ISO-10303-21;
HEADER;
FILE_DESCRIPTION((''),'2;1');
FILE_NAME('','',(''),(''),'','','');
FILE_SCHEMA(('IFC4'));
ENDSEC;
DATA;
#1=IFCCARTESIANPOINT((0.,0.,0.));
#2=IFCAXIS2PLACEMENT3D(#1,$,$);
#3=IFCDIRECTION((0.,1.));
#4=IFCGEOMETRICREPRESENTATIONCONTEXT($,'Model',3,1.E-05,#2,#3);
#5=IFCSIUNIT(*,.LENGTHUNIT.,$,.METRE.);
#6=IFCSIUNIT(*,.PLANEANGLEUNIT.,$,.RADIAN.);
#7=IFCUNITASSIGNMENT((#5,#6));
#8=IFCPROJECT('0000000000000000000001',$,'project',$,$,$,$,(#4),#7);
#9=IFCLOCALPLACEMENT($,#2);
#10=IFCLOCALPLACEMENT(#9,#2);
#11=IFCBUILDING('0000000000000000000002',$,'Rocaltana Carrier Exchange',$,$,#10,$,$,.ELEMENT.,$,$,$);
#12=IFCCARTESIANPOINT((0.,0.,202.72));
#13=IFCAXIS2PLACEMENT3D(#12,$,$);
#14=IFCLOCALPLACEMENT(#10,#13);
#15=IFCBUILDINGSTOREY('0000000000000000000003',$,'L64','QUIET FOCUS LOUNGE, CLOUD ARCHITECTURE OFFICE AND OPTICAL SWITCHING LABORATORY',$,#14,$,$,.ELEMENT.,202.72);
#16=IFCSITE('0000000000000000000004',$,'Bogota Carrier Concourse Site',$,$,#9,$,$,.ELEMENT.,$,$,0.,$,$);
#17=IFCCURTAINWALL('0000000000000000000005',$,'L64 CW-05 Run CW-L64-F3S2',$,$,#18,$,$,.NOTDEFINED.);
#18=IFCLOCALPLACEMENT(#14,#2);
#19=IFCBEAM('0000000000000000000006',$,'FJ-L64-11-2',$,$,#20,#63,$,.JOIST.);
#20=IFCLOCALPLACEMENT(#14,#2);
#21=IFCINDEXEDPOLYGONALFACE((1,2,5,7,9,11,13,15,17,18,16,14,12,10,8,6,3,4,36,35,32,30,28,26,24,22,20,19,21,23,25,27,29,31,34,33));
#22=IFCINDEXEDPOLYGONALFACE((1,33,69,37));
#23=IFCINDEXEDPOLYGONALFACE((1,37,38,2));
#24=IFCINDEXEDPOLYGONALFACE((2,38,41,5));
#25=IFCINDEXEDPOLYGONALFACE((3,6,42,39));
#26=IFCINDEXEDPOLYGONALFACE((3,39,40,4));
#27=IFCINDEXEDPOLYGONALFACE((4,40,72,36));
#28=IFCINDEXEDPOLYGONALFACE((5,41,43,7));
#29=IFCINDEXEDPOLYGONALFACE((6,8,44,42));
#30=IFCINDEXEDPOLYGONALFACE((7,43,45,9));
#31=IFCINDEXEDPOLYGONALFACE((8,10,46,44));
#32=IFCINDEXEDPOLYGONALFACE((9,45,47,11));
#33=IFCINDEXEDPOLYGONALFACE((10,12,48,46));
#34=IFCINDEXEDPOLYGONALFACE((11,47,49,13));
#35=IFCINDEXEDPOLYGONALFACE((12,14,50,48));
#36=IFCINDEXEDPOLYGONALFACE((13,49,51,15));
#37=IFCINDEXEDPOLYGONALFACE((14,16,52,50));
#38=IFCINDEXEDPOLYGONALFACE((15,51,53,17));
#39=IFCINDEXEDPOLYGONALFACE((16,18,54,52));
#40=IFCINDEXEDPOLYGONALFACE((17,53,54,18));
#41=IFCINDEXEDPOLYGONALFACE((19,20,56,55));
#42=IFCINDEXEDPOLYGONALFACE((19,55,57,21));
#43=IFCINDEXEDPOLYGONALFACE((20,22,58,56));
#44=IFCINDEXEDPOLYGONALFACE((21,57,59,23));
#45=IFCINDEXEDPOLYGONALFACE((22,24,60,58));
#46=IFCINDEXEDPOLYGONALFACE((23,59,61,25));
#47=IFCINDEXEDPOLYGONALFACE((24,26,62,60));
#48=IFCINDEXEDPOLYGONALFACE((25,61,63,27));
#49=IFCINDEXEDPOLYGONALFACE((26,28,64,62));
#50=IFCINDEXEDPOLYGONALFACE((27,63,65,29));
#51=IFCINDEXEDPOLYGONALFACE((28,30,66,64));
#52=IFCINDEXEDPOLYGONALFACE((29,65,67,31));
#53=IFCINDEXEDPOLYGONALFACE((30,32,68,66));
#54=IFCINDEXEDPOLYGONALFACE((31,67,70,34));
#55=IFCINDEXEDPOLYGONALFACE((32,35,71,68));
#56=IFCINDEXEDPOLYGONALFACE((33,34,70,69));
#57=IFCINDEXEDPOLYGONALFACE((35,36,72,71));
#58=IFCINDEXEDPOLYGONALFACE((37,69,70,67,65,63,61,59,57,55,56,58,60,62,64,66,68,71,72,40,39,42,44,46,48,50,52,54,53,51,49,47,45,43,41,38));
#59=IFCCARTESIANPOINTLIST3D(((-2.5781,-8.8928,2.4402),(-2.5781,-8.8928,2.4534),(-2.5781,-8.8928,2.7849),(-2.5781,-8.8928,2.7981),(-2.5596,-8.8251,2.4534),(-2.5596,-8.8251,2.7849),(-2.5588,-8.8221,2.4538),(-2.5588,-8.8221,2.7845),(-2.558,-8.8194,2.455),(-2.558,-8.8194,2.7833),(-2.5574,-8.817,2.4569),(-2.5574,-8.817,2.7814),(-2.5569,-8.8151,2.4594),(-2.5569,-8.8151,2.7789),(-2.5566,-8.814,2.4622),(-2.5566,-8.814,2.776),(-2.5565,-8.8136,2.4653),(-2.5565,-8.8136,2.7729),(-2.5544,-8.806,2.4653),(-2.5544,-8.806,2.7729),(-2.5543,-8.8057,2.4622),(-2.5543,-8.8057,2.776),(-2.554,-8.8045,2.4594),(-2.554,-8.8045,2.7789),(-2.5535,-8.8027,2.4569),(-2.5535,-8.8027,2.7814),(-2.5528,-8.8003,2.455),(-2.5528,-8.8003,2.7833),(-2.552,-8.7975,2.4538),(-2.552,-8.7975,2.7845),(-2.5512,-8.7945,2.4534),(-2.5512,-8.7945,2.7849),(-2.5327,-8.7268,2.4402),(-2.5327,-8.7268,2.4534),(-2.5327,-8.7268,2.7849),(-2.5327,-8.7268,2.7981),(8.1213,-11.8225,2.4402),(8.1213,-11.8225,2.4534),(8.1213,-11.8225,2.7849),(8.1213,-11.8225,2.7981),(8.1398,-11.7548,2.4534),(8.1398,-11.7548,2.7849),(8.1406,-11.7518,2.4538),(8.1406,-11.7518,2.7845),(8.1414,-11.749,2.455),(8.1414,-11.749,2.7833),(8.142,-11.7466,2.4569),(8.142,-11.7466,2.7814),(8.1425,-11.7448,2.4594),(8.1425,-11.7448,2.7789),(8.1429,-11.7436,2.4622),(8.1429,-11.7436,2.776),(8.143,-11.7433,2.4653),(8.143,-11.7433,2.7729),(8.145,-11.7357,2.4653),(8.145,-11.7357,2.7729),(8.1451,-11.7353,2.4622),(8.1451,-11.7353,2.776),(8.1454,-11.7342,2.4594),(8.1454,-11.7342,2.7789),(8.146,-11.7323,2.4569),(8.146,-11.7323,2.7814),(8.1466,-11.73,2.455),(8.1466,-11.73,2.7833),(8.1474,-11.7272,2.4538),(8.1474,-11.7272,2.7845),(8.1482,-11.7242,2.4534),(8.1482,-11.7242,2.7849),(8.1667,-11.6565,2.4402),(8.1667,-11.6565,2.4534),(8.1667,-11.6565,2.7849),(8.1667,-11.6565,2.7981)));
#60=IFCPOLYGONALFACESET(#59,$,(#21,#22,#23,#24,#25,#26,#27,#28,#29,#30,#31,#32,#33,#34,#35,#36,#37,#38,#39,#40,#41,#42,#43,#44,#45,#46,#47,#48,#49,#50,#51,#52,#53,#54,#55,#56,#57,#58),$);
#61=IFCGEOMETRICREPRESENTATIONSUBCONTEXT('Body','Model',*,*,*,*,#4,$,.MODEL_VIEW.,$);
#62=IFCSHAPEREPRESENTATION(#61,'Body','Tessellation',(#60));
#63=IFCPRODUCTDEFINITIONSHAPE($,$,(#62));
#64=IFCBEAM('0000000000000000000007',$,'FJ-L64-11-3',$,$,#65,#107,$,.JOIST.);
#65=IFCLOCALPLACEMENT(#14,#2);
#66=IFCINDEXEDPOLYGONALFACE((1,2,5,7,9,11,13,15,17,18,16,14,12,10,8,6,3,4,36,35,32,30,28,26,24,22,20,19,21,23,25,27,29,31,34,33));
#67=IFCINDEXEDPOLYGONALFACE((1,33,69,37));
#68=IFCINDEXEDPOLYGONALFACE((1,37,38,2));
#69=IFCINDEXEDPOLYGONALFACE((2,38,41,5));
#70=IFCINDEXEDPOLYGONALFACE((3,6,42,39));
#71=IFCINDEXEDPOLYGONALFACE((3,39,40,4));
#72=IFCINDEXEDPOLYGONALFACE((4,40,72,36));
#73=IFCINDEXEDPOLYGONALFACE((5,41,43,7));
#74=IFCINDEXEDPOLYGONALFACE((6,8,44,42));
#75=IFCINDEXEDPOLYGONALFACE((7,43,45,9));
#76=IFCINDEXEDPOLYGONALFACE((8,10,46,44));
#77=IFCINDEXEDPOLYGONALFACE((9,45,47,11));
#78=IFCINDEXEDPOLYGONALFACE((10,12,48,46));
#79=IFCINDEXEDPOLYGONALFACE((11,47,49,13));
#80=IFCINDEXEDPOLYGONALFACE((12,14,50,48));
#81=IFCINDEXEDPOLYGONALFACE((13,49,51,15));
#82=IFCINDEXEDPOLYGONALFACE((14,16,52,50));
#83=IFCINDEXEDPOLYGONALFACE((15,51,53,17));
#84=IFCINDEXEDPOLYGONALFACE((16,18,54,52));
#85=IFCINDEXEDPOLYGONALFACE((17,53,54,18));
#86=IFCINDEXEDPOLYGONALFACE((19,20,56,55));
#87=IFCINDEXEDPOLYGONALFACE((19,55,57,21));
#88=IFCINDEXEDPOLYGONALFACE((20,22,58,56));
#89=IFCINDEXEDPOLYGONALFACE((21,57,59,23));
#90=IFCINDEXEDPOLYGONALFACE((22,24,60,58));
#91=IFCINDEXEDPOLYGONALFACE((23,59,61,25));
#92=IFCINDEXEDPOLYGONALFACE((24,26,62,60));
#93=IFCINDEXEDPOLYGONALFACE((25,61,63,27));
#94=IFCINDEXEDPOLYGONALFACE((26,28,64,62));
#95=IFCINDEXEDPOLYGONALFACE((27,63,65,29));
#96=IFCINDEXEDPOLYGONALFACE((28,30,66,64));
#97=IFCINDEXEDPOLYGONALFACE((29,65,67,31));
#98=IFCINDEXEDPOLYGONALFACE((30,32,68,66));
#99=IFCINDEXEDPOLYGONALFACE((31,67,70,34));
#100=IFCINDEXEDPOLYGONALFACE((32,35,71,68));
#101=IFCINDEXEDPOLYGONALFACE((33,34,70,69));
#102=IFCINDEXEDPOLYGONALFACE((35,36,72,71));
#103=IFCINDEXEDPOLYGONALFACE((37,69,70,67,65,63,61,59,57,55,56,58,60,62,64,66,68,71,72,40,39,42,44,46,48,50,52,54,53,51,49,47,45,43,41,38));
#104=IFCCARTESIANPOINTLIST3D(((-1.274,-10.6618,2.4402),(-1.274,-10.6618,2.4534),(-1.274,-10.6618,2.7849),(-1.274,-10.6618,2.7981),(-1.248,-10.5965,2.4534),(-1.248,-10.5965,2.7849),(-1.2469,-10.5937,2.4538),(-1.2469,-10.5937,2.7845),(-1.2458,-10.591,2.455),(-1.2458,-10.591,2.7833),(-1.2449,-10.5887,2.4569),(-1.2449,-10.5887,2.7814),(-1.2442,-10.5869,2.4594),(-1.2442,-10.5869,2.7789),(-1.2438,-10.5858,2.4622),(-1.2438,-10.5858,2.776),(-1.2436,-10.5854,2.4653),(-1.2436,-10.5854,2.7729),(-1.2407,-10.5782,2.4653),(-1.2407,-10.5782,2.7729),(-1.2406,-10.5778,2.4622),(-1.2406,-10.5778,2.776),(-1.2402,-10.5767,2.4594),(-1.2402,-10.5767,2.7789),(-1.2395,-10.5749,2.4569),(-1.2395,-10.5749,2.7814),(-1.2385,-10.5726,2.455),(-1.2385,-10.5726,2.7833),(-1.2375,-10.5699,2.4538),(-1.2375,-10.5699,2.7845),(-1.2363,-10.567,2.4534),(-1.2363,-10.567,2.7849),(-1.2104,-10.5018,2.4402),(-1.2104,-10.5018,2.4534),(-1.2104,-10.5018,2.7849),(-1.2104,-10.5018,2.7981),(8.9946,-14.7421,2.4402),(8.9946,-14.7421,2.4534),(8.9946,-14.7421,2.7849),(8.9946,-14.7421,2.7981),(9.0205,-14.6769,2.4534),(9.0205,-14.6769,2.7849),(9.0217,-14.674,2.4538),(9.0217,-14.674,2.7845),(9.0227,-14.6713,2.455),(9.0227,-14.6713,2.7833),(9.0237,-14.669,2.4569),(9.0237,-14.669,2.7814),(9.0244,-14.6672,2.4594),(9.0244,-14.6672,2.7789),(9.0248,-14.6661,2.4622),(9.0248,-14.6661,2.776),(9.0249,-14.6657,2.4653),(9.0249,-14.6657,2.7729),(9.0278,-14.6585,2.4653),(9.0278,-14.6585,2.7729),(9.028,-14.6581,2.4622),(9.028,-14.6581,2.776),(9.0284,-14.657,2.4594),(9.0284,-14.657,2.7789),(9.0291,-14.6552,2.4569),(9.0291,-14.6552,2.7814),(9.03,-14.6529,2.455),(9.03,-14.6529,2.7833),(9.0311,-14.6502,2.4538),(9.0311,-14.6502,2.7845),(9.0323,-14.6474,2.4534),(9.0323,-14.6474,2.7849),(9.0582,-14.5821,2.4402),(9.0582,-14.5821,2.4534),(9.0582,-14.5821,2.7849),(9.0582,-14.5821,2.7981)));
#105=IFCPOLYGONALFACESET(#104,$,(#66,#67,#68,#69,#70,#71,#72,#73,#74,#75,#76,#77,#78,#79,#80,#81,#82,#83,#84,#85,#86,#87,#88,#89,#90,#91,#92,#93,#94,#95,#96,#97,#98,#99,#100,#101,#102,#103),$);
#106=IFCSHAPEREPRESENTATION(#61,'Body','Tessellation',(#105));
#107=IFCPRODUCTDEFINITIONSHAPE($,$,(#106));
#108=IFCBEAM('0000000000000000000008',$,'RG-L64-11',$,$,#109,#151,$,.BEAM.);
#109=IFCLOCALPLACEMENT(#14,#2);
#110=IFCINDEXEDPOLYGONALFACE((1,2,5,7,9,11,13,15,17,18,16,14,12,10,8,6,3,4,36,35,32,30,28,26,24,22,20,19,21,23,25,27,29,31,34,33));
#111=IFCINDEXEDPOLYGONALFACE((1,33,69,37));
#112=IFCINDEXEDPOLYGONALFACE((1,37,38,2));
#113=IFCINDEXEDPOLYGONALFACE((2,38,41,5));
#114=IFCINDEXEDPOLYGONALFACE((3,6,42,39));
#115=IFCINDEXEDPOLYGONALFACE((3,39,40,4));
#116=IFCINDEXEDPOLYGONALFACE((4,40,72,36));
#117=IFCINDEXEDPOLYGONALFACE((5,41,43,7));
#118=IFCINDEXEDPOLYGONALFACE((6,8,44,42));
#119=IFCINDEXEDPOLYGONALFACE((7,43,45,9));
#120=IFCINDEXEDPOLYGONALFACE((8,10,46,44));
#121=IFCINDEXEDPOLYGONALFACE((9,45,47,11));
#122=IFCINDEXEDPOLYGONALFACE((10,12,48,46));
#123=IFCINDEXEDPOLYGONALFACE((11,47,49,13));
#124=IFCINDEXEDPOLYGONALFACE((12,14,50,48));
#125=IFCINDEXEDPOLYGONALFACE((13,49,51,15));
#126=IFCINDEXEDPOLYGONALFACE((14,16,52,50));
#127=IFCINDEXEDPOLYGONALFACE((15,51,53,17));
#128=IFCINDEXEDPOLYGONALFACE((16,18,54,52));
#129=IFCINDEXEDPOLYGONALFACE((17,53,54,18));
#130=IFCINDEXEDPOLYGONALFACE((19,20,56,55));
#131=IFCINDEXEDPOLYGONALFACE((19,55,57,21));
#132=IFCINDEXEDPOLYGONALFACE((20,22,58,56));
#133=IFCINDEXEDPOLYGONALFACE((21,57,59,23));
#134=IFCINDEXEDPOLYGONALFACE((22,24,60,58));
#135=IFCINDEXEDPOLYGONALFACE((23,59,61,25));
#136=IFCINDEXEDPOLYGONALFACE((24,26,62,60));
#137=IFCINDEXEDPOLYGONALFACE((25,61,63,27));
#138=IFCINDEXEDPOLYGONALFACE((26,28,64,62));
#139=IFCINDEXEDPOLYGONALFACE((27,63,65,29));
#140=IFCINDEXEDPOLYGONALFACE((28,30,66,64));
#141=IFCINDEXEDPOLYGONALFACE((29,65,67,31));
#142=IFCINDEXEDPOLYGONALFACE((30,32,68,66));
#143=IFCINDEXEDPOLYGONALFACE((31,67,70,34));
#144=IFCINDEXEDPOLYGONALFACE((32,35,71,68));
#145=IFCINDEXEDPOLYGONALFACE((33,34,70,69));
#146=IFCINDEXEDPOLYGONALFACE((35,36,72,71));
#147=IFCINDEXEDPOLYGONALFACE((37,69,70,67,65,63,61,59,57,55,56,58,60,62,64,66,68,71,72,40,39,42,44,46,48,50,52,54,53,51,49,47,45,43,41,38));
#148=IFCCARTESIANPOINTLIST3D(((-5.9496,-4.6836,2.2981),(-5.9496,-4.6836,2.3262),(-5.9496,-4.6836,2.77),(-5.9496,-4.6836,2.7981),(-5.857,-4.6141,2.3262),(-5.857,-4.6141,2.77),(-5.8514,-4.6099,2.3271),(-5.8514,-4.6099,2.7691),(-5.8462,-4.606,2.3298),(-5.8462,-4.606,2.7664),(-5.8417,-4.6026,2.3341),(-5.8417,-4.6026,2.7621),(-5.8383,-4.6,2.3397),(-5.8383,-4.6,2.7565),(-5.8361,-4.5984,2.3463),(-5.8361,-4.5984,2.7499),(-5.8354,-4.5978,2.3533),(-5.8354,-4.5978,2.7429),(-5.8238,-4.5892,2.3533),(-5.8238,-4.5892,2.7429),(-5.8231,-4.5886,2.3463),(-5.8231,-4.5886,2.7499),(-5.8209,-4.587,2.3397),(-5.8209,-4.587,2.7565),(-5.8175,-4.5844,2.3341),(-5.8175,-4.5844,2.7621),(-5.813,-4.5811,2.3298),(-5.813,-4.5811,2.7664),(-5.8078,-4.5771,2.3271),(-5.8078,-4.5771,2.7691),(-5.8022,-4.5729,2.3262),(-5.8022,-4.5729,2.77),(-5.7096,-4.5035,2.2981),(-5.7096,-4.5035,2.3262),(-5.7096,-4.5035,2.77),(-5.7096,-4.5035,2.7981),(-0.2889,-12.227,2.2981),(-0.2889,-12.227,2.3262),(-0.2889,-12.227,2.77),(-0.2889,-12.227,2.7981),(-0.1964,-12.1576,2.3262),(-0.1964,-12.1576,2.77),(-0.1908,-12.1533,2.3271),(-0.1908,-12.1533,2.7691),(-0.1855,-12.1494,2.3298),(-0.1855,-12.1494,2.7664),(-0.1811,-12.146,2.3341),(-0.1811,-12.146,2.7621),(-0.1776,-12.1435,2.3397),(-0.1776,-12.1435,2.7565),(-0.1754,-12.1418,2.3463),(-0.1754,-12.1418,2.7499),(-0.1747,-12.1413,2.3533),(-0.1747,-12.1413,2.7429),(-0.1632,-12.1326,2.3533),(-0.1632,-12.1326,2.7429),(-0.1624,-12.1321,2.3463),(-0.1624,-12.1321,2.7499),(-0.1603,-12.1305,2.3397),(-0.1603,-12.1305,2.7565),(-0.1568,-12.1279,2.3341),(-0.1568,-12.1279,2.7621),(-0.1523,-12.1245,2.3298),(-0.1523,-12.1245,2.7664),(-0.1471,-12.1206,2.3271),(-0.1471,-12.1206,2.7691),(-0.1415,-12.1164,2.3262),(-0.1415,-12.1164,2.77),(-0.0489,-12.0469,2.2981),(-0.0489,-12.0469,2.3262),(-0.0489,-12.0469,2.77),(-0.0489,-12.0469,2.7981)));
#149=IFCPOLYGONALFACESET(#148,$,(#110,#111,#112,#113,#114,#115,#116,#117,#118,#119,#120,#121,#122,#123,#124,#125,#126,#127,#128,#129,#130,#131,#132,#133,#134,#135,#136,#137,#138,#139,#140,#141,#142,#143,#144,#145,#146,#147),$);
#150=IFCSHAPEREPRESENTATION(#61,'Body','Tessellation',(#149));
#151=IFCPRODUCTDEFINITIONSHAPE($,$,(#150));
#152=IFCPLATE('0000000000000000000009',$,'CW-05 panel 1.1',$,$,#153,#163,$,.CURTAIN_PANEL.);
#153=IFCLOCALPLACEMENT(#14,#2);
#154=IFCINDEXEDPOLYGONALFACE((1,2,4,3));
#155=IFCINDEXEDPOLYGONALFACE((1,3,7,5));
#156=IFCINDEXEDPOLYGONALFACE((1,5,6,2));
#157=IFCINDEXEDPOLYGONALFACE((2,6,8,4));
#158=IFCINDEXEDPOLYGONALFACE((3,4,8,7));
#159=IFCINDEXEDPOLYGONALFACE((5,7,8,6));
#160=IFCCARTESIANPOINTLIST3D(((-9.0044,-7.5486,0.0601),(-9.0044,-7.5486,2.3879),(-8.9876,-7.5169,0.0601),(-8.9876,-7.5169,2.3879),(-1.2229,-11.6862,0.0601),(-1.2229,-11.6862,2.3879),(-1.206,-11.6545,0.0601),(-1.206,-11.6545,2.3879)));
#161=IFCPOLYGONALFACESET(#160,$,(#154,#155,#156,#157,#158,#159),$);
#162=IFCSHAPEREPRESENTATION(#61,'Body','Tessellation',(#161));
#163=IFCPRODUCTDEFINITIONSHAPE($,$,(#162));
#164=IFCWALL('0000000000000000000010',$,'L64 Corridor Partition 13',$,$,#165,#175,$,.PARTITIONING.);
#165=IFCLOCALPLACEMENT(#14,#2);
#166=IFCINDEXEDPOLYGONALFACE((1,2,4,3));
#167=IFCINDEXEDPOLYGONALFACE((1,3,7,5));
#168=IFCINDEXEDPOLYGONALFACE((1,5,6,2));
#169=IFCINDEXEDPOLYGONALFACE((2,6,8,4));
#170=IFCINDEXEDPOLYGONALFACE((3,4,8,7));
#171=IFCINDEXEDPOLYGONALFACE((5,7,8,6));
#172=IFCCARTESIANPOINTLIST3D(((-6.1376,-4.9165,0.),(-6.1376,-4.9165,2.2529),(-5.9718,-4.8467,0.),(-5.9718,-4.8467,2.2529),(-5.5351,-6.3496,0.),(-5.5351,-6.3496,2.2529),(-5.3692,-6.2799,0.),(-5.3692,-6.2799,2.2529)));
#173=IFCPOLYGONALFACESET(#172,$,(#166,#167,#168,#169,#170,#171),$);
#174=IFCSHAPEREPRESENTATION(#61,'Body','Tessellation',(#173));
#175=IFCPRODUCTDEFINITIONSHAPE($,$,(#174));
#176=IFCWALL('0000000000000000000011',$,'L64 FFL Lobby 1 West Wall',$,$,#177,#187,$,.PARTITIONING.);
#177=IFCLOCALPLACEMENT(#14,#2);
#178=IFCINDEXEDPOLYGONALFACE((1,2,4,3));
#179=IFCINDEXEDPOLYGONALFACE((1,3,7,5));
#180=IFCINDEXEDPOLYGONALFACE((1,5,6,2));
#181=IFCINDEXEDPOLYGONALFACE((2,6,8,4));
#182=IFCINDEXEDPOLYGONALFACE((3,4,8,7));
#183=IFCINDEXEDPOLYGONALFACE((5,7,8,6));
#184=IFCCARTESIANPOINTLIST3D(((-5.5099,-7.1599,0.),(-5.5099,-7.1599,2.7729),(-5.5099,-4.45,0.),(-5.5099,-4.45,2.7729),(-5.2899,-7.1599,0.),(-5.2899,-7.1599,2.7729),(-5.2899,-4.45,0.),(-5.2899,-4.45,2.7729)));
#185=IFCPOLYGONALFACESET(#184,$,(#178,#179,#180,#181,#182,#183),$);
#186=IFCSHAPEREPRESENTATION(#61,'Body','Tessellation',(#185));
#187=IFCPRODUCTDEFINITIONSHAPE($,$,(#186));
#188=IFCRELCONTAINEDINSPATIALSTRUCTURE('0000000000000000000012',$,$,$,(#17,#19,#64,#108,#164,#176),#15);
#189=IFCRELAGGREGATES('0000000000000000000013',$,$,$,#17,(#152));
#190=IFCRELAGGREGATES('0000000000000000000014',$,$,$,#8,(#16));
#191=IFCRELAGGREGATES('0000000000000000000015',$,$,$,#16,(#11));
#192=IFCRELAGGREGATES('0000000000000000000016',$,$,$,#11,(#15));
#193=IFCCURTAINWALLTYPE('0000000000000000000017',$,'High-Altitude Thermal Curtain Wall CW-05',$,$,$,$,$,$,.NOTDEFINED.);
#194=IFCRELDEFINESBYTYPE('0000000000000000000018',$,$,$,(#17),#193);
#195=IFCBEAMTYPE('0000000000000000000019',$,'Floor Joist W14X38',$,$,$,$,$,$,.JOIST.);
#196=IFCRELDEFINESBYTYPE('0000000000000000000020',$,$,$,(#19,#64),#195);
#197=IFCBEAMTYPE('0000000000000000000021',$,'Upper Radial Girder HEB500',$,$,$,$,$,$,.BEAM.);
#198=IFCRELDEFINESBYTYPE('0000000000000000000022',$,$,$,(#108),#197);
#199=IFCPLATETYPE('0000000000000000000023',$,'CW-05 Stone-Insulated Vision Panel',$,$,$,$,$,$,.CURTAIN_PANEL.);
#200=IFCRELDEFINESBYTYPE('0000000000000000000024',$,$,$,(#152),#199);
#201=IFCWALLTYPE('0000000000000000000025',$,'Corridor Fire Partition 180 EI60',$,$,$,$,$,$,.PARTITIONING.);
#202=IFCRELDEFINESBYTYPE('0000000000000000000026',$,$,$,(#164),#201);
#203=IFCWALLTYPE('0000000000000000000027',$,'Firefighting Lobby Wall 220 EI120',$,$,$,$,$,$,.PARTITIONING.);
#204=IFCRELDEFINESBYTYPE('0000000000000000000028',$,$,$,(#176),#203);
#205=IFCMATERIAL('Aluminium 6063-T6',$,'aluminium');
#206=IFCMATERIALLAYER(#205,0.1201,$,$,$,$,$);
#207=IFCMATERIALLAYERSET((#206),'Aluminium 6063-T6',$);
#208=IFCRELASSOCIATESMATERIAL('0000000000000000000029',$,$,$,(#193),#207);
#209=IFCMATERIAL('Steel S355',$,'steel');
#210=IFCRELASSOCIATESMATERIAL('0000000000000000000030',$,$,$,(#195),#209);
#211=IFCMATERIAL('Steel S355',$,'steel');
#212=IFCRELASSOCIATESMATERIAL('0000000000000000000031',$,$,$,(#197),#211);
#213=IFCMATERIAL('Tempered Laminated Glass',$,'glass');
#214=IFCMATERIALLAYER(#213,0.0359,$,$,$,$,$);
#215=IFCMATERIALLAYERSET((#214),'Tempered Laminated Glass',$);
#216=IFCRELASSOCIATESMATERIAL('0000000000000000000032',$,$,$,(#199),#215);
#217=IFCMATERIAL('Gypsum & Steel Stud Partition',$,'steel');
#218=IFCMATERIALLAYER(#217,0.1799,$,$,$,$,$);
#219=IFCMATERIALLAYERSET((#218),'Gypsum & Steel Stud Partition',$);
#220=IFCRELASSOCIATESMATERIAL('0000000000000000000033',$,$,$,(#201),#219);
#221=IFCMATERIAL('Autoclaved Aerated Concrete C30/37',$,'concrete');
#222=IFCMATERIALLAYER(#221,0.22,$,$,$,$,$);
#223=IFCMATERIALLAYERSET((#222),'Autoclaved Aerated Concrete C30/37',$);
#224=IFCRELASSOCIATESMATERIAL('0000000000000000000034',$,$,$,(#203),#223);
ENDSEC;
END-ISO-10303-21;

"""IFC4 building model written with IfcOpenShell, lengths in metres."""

from ifc_helpers import new_model, si_unit, direction, frame, frame_2d, origin, origin_2d, place, context, subcontext, project, spatial, rectangle, i_section, extrude, material, layer, layer_set, material_profile, profile_set, type_object, element, aggregate, save


model = new_model("IFC4")

# Units and contexts
model_context = context("Model", 3, precision=1e-05, world=origin(), true_north=direction((0.0, 1.0)))
body_context = subcontext(model_context, "Body", "Model", "MODEL_VIEW")
ifc_project = project(units=[si_unit("LENGTHUNIT", "METRE"), si_unit("PLANEANGLEUNIT", "RADIAN")], contexts=[model_context])

# Site, building, storey
site_placement = place(None, origin())
site = spatial("IfcSite", under=ifc_project, at=site_placement, Name="Bogota Carrier Concourse Site", CompositionType="ELEMENT", RefElevation=0.0)
building_placement = place(site_placement, origin())
building = spatial("IfcBuilding", under=site, at=building_placement, Name="Rocaltana Carrier Exchange", CompositionType="ELEMENT")
storey_placement = place(building_placement, frame((0.0, 0.0, 202.72)))
storey = spatial("IfcBuildingStorey", under=building, at=storey_placement, Name="L64", Description="QUIET FOCUS LOUNGE, CLOUD ARCHITECTURE OFFICE AND OPTICAL SWITCHING LABORATORY", CompositionType="ELEMENT", Elevation=202.72)

# Curtain wall
ifc_material_1 = material(Name="Aluminium 6063-T6", Category="aluminium")
ifc_layer_1 = layer(ifc_material_1, 0.1201)
ifc_layer_set_1 = layer_set([ifc_layer_1], Name="Aluminium 6063-T6")
curtain_wall_type = type_object("IfcCurtainWallType", Name="High-Altitude Thermal Curtain Wall CW-05", PredefinedType="NOTDEFINED", material=ifc_layer_set_1)
curtain_wall_placement = place(storey_placement, origin())
curtain_wall = element("IfcCurtainWall", 1, at=curtain_wall_placement, inside=storey, type_object=curtain_wall_type, Name="L64 CW-05 Run CW-L64-F3S2", PredefinedType="NOTDEFINED")

# Beams
ifc_material_2 = material(Name="Steel S355", Category="steel")
ifc_material_profile_1 = material_profile(ifc_material_2, i_section(OverallWidth=0.1721, OverallDepth=0.3579, WebThickness=0.0078, FlangeThickness=0.0132, FilletRadius=0.012, at=origin_2d()), Name="W14X38")
ifc_profile_set_1 = profile_set([ifc_material_profile_1], Name="Steel S355")
beam_type_1 = type_object("IfcBeamType", Name="Floor Joist W14X38", PredefinedType="JOIST", material=ifc_profile_set_1)
beam_1_placement = place(storey_placement, frame((-2.5554, -8.8098, 2.6191), z_axis=(0.964497, -0.264095, 0.0), x_axis=(0.264095, 0.964497, 0.0)))
element("IfcBeam", 2, at=beam_1_placement, inside=storey, type_object=beam_type_1, Name="FJ-L64-11-2", PredefinedType="JOIST", context=body_context, shape_type="SweptSolid", body=[
    extrude(i_section(OverallWidth=0.1721, OverallDepth=0.3579, WebThickness=0.0078, FlangeThickness=0.0132, FilletRadius=0.012, at=origin_2d()), origin(), (0.0, 0.0, 1.0), 11.0933),
])
beam_2_placement = place(storey_placement, frame((-1.2422, -10.5818, 2.6191), z_axis=(0.92932, -0.369275, 0.0), x_axis=(0.369275, 0.92932, 0.0)))
element("IfcBeam", 3, at=beam_2_placement, inside=storey, type_object=beam_type_1, Name="FJ-L64-11-3", PredefinedType="JOIST", context=body_context, shape_type="SweptSolid", body=[
    extrude(i_section(OverallWidth=0.1721, OverallDepth=0.3579, WebThickness=0.0078, FlangeThickness=0.0132, FilletRadius=0.012, at=origin_2d()), origin(), (0.0, 0.0, 1.0), 11.0496),
])
ifc_material_3 = material(Name="Steel S355", Category="steel")
ifc_material_profile_2 = material_profile(ifc_material_3, i_section(OverallWidth=0.3, OverallDepth=0.5, WebThickness=0.0144, FlangeThickness=0.0281, FilletRadius=0.0271, at=origin_2d()), Name="HEB500")
ifc_profile_set_2 = profile_set([ifc_material_profile_2], Name="Steel S355")
beam_type_2 = type_object("IfcBeamType", Name="Upper Radial Girder HEB500", PredefinedType="BEAM", material=ifc_profile_set_2)
beam_3_placement = place(storey_placement, frame((-5.8296, -4.5935, 2.5481), z_axis=(0.600207, -0.799845, 0.0), x_axis=(0.799845, 0.600207, 0.0)))
element("IfcBeam", 4, at=beam_3_placement, inside=storey, type_object=beam_type_2, Name="RG-L64-11", PredefinedType="BEAM", context=body_context, shape_type="SweptSolid", body=[
    extrude(i_section(OverallWidth=0.3, OverallDepth=0.5, WebThickness=0.0144, FlangeThickness=0.0281, FilletRadius=0.0271, at=origin_2d()), origin(), (0.0, 0.0, 1.0), 9.4312),
])

# Plate
ifc_material_4 = material(Name="Tempered Laminated Glass", Category="glass")
ifc_layer_2 = layer(ifc_material_4, 0.0359)
ifc_layer_set_2 = layer_set([ifc_layer_2], Name="Tempered Laminated Glass")
plate_type = type_object("IfcPlateType", Name="CW-05 Stone-Insulated Vision Panel", PredefinedType="CURTAIN_PANEL", material=ifc_layer_set_2)
plate_placement = place(storey_placement, frame((-5.1052, -9.6016, 0.0601), z_axis=(0.0, 0.0, 1.0), x_axis=(0.882943, -0.469479, 0.0)))
plate = element("IfcPlate", 5, at=plate_placement, type_object=plate_type, Name="CW-05 panel 1.1", PredefinedType="CURTAIN_PANEL", context=body_context, shape_type="SweptSolid", body=[
    extrude(rectangle(XDim=8.8132, YDim=0.0359, at=origin_2d()), origin(), (0.0, 0.0, 1.0), 2.3279),
])
aggregate(curtain_wall, [plate])

# Walls
ifc_material_5 = material(Name="Gypsum & Steel Stud Partition", Category="steel")
ifc_layer_3 = layer(ifc_material_5, 0.1799)
ifc_layer_set_3 = layer_set([ifc_layer_3], Name="Gypsum & Steel Stud Partition")
wall_type_1 = type_object("IfcWallType", Name="Corridor Fire Partition 180 EI60", PredefinedType="PARTITIONING", material=ifc_layer_set_3)
wall_1_placement = place(storey_placement, frame((-6.0547, -4.8816, 0.0), z_axis=(0.0, 0.0, 1.0), x_axis=(0.38758, -0.921836, 0.0)))
element("IfcWall", 6, at=wall_1_placement, inside=storey, type_object=wall_type_1, Name="L64 Corridor Partition 13", PredefinedType="PARTITIONING", context=body_context, shape_type="SweptSolid", body=[
    extrude(rectangle(XDim=1.5547, YDim=0.1799, at=frame_2d((0.7773, 0.0))), origin(), (0.0, 0.0, 1.0), 2.2529),
])
ifc_material_6 = material(Name="Autoclaved Aerated Concrete C30/37", Category="concrete")
ifc_layer_4 = layer(ifc_material_6, 0.22)
ifc_layer_set_4 = layer_set([ifc_layer_4], Name="Autoclaved Aerated Concrete C30/37")
wall_type_2 = type_object("IfcWallType", Name="Firefighting Lobby Wall 220 EI120", PredefinedType="PARTITIONING", material=ifc_layer_set_4)
wall_2_placement = place(storey_placement, frame((-5.3999, -7.1599, 0.0), z_axis=(0.0, 0.0, 1.0), x_axis=(0.0, 1.0, 0.0)))
element("IfcWall", 7, at=wall_2_placement, inside=storey, type_object=wall_type_2, Name="L64 FFL Lobby 1 West Wall", PredefinedType="PARTITIONING", context=body_context, shape_type="SweptSolid", body=[
    extrude(rectangle(XDim=2.71, YDim=0.22, at=frame_2d((1.355, 0.0))), origin(), (0.0, 0.0, 1.0), 2.7729),
])

save(model, "model.ifc")
